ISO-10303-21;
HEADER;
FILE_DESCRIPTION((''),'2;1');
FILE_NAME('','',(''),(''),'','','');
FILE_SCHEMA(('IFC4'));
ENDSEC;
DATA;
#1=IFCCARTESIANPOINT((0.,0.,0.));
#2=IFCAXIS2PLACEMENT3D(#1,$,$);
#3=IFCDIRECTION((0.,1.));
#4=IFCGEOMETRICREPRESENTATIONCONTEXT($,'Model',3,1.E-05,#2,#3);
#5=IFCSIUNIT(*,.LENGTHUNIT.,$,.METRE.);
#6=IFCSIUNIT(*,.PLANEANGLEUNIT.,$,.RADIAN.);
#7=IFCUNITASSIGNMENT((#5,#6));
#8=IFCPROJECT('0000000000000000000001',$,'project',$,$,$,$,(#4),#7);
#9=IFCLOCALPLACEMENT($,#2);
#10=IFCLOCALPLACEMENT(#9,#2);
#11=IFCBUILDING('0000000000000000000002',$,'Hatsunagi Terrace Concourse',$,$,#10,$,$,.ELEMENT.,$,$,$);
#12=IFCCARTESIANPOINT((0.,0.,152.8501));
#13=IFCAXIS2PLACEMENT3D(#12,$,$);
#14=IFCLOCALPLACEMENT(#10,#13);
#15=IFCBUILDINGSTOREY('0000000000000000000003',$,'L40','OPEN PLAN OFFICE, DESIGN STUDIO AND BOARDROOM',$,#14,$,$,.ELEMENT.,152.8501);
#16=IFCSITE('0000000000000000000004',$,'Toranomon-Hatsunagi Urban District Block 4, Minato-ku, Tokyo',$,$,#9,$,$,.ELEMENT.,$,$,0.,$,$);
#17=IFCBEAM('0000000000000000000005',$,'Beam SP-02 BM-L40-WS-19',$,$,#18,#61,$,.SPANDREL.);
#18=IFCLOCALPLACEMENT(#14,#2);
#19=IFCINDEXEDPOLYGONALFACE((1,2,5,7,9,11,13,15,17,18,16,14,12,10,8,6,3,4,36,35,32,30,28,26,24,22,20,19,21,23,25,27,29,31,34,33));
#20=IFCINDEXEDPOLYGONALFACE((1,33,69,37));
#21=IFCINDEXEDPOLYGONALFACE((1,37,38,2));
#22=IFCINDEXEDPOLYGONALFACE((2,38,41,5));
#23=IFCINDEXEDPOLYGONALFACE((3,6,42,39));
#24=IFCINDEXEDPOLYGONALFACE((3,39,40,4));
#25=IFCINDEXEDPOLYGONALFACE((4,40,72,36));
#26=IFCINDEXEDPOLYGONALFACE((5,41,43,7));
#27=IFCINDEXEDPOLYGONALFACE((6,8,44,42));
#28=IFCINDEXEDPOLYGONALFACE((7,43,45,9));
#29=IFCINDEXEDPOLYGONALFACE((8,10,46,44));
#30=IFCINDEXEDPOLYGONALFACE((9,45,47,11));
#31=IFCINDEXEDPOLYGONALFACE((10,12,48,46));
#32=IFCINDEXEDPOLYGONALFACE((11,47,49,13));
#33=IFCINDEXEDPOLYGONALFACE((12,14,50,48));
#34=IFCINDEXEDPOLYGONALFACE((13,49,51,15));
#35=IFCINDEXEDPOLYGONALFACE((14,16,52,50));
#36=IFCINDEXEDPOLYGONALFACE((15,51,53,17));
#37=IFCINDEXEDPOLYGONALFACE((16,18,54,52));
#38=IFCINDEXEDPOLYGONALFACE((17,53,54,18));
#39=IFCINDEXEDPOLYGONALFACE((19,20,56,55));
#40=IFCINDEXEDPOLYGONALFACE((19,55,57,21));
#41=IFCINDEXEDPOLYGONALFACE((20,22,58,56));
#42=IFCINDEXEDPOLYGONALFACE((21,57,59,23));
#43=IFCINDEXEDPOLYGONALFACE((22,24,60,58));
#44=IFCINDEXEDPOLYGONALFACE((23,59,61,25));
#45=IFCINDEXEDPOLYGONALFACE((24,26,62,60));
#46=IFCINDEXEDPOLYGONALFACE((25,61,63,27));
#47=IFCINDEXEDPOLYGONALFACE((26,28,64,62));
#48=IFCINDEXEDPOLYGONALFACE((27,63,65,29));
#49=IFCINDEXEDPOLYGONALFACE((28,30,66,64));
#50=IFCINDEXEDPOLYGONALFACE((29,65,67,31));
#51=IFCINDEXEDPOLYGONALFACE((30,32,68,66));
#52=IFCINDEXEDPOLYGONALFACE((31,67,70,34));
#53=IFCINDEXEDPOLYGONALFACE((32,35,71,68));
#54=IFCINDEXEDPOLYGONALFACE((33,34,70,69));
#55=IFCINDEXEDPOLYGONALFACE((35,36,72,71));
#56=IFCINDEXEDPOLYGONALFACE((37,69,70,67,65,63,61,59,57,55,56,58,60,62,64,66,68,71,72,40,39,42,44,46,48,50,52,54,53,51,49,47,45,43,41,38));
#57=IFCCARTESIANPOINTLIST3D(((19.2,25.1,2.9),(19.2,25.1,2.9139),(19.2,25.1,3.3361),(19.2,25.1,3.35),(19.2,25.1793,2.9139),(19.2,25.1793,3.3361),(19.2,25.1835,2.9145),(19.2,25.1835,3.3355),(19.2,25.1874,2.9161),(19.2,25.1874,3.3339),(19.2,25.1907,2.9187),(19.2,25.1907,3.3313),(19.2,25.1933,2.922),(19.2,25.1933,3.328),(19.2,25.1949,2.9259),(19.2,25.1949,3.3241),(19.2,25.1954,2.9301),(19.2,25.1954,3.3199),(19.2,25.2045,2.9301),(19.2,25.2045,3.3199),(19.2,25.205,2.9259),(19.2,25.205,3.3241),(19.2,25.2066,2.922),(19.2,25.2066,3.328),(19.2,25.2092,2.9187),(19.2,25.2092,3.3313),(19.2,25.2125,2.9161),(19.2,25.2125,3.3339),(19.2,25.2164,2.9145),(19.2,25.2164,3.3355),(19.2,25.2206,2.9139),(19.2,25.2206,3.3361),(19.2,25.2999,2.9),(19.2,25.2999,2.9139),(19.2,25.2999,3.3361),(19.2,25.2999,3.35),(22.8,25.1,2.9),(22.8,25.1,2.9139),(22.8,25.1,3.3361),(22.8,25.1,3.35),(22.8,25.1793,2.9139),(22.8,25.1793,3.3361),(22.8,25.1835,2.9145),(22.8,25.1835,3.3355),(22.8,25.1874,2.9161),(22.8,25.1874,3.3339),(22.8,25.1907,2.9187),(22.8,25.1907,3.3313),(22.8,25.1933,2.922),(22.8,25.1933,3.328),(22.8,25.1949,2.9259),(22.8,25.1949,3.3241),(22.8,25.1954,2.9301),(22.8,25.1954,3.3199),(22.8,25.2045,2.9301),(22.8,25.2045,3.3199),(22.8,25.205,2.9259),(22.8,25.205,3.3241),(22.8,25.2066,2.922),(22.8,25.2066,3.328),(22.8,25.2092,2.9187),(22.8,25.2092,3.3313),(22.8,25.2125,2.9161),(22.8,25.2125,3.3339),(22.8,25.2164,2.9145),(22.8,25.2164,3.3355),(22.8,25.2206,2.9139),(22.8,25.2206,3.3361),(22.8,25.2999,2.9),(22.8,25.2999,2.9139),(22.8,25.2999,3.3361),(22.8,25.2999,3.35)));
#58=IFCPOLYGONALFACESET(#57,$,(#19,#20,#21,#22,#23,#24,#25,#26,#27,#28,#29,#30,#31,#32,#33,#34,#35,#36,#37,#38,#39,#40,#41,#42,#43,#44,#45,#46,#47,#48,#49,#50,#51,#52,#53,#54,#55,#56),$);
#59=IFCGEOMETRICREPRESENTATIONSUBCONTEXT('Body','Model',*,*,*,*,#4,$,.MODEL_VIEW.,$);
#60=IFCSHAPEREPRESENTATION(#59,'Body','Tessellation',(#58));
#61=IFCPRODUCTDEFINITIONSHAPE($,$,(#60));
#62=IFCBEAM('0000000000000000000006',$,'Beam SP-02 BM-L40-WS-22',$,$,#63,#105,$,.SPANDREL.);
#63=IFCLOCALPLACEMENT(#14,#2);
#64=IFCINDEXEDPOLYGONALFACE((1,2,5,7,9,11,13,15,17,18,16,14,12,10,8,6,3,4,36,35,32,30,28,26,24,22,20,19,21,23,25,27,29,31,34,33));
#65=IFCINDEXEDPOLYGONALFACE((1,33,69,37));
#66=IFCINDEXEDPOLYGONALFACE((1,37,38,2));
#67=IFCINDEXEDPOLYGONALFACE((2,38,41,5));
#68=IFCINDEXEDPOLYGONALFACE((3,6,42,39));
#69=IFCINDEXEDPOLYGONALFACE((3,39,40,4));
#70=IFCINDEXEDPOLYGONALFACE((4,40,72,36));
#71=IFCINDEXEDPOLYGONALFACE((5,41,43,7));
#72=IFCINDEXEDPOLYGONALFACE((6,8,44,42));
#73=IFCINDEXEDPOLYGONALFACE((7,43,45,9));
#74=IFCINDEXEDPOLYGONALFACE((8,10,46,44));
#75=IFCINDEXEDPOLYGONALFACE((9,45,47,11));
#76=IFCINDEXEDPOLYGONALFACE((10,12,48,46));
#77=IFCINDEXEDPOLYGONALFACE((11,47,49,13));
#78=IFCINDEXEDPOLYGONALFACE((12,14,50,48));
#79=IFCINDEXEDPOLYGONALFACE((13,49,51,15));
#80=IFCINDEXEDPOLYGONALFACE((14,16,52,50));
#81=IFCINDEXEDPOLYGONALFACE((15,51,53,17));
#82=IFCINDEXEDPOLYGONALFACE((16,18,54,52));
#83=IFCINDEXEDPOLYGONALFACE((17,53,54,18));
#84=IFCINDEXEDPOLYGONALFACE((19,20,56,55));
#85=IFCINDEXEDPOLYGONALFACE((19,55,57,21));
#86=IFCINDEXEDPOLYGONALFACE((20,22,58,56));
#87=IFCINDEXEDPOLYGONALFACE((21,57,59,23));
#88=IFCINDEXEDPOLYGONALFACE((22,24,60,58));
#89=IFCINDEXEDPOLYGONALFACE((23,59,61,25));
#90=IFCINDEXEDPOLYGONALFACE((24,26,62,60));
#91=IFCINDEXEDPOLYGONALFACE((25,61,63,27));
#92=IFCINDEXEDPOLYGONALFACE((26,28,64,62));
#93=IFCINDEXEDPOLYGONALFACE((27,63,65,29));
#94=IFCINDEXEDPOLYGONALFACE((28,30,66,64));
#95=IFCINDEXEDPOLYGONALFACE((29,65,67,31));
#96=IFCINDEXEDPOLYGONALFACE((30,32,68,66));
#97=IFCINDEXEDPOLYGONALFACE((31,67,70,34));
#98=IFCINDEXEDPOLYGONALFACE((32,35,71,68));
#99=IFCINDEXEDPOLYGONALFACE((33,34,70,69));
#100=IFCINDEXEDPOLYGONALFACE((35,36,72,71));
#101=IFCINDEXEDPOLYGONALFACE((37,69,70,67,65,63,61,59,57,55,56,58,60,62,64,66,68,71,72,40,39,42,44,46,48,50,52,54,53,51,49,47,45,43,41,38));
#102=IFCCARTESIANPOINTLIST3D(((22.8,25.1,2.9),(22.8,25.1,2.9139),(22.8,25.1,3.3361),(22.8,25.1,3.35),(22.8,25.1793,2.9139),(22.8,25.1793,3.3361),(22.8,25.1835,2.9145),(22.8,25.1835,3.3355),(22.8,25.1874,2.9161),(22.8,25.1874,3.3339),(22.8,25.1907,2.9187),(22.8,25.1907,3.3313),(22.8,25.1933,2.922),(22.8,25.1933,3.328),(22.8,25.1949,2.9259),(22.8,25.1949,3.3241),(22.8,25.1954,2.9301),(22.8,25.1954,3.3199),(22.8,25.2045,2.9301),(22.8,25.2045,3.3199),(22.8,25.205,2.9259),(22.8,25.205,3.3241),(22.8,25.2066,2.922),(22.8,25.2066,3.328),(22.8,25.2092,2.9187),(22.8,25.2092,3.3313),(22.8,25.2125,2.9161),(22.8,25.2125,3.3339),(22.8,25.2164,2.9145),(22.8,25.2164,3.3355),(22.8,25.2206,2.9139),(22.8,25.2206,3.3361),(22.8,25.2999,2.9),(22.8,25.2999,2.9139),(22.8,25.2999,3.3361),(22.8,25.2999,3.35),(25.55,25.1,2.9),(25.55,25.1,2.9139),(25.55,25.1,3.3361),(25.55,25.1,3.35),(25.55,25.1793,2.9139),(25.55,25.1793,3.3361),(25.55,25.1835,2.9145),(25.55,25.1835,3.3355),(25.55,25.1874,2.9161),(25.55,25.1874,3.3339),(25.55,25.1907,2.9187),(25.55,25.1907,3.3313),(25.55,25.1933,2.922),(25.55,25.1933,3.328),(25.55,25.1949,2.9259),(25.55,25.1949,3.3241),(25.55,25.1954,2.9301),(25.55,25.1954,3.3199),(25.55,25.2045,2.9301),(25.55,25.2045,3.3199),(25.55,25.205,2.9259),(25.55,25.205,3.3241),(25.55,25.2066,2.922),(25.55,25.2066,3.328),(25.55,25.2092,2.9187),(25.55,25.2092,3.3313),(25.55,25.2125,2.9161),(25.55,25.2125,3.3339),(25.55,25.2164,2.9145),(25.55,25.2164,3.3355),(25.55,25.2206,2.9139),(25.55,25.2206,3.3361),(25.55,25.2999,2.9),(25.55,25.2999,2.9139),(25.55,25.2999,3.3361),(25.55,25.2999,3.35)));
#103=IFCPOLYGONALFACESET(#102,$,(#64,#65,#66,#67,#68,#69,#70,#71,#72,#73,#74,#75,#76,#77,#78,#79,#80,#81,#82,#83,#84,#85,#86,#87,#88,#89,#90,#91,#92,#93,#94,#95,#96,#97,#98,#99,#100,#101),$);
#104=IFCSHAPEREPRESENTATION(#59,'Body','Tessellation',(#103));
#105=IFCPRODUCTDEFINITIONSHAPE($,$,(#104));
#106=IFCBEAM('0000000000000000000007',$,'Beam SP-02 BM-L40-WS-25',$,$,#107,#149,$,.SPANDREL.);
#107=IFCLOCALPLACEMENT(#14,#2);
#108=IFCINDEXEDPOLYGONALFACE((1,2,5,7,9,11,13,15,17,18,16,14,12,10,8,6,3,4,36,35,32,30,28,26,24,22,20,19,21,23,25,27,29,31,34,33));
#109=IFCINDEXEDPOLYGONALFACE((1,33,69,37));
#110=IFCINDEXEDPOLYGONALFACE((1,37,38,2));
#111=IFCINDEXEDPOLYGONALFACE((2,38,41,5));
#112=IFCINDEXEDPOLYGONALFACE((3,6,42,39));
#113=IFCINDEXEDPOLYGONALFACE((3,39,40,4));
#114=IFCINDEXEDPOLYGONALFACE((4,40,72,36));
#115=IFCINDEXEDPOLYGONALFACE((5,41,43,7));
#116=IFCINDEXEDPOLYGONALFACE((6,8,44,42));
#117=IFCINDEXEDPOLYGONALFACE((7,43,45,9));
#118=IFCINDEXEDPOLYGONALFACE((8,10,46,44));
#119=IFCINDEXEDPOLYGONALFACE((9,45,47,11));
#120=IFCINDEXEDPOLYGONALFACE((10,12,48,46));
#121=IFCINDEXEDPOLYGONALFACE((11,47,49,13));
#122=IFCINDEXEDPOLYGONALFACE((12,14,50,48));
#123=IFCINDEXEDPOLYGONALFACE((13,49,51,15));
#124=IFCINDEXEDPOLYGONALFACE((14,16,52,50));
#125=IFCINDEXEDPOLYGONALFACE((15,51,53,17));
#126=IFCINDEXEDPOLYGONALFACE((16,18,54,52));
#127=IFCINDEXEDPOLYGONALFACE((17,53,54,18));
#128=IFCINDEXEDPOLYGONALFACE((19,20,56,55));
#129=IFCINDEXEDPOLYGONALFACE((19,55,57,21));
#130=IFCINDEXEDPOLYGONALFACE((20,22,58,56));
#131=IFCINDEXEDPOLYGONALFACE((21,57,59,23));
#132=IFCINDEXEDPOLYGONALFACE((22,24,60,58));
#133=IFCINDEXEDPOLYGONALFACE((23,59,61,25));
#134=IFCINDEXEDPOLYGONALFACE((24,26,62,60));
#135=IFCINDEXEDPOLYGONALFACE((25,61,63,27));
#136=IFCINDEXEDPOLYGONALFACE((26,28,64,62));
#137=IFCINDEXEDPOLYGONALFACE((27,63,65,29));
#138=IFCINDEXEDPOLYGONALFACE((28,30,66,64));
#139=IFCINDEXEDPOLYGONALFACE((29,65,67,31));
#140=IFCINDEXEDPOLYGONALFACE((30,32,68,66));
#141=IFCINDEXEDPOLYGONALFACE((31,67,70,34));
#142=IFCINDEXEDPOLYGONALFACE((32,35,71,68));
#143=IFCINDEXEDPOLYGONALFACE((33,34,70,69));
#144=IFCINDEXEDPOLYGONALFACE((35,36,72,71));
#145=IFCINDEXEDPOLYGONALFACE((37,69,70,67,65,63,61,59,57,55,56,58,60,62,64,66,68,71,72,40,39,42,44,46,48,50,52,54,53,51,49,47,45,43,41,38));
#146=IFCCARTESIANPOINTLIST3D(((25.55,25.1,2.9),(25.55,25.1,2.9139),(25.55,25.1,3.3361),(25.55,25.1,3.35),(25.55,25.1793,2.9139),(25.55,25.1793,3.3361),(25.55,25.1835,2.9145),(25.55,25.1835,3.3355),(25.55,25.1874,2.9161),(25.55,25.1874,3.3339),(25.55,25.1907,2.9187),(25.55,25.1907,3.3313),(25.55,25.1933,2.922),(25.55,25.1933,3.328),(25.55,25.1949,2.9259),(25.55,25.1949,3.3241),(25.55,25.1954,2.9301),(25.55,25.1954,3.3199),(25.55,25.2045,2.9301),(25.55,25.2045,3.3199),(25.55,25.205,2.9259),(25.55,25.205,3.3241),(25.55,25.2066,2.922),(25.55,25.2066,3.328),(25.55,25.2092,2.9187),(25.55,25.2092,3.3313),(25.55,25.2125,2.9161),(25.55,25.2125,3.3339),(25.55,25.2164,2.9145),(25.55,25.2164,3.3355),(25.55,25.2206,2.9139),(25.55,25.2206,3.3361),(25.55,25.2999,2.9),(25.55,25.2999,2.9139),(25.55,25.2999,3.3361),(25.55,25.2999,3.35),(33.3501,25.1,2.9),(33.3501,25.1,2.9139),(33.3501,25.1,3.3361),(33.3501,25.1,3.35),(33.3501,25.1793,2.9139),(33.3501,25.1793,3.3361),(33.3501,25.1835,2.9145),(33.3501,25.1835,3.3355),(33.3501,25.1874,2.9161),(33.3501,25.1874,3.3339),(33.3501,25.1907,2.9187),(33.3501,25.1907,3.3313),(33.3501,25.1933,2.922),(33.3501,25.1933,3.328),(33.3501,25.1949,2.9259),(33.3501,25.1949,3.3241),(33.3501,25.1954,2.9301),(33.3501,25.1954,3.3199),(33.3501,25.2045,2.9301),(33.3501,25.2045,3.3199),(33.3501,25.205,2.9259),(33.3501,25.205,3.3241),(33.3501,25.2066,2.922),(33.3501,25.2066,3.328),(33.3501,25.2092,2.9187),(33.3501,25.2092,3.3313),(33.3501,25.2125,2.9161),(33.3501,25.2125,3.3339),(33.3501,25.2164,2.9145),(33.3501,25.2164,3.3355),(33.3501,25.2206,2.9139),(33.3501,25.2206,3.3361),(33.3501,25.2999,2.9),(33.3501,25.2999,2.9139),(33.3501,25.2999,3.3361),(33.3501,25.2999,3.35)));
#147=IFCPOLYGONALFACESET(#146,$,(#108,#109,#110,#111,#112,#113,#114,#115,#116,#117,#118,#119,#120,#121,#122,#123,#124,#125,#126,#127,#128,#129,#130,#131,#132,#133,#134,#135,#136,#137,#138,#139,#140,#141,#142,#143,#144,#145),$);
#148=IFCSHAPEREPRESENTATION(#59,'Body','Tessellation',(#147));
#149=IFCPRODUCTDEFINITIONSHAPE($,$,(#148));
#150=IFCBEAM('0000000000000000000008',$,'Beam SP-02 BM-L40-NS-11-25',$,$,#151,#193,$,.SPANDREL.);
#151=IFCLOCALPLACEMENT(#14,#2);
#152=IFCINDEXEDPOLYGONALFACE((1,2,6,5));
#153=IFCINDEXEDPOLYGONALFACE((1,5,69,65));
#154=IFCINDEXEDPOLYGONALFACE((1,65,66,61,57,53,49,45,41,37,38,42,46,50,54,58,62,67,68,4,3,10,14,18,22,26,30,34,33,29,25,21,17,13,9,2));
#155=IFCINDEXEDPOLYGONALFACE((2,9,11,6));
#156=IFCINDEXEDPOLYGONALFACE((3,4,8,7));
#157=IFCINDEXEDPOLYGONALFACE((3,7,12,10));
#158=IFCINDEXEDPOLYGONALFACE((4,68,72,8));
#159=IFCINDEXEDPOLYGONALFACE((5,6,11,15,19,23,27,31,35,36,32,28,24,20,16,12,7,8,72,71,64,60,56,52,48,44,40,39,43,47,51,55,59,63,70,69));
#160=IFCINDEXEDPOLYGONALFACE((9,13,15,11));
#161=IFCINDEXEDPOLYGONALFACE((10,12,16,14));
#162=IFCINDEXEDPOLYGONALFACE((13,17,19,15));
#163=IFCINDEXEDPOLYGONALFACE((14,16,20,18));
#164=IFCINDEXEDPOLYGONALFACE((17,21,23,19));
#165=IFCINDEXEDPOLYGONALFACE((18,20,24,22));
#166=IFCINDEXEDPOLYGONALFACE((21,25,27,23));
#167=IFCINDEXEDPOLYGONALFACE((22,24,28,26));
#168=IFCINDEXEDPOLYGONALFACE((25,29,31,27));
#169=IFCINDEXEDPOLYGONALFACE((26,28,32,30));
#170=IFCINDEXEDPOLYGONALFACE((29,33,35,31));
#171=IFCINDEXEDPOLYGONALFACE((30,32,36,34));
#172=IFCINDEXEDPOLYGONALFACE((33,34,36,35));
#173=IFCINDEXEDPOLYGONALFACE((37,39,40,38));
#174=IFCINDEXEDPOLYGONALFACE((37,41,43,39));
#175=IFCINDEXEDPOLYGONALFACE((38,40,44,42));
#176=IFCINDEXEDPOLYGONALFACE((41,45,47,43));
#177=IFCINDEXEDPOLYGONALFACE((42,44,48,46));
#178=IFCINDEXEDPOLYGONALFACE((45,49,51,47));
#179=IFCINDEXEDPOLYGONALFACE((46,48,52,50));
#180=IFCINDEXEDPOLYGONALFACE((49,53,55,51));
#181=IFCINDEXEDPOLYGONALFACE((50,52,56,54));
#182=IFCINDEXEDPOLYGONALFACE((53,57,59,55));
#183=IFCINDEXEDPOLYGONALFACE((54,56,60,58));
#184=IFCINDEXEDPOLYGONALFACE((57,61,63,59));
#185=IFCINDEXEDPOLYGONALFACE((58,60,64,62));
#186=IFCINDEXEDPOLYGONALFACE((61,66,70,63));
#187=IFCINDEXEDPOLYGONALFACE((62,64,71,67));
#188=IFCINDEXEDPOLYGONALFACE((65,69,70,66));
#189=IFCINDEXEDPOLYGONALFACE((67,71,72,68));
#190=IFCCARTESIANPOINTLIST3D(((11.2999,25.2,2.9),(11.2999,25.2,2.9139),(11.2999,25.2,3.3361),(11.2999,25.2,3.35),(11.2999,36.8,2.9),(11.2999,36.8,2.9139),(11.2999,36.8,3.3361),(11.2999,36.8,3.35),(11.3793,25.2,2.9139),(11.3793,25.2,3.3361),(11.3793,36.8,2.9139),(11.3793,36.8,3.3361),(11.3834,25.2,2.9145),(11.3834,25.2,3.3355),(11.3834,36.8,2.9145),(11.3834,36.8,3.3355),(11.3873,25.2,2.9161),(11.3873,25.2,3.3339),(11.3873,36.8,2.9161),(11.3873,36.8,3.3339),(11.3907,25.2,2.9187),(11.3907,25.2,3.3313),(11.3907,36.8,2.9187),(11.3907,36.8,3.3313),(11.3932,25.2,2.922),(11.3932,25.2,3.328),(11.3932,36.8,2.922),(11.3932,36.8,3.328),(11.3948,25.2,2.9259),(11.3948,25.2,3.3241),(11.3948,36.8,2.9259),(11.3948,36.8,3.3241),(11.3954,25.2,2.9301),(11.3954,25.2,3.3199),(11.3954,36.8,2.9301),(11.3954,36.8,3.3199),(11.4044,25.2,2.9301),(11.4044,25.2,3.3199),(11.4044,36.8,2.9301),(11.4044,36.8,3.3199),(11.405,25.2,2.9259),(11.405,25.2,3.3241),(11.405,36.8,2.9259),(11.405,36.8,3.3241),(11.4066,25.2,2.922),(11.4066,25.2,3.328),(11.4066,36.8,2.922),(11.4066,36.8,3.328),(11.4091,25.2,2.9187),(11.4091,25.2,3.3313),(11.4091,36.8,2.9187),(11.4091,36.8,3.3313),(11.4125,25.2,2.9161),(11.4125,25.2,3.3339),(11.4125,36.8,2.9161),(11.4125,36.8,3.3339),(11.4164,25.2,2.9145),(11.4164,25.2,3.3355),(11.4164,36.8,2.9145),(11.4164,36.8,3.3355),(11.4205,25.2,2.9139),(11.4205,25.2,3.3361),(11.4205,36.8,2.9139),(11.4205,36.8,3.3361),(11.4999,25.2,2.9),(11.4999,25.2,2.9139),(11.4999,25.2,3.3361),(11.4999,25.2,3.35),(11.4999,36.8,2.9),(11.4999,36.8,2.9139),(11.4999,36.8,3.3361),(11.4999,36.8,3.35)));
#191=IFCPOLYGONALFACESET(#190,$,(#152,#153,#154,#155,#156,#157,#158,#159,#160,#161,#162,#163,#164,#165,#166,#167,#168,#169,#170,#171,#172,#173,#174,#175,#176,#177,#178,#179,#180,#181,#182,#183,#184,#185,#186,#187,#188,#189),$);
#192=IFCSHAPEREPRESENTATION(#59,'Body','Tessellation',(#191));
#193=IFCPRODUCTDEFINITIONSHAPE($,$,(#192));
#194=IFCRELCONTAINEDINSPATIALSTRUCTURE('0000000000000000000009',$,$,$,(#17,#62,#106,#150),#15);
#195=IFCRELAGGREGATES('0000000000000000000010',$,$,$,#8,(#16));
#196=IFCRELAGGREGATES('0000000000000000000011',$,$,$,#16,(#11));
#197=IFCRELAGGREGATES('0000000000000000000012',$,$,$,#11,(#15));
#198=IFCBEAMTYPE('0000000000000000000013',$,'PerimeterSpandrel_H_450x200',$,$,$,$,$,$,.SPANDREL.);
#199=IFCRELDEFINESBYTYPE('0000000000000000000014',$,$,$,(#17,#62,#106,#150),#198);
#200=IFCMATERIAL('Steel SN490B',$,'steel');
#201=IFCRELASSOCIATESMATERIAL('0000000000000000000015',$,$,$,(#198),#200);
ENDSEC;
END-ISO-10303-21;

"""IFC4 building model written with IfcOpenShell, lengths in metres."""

from ifc_helpers import new_model, si_unit, direction, frame, origin, origin_2d, place, context, subcontext, project, spatial, i_section, extrude, material, material_profile, profile_set, type_object, element, save


model = new_model("IFC4")

# Units and contexts
model_context = context("Model", 3, precision=1e-05, world=origin(), true_north=direction((0.0, 1.0)))
body_context = subcontext(model_context, "Body", "Model", "MODEL_VIEW")
ifc_project = project(units=[si_unit("LENGTHUNIT", "METRE"), si_unit("PLANEANGLEUNIT", "RADIAN")], contexts=[model_context])

# Site, building, storey
site_placement = place(None, origin())
site = spatial("IfcSite", under=ifc_project, at=site_placement, Name="Toranomon-Hatsunagi Urban District Block 4, Minato-ku, Tokyo", CompositionType="ELEMENT", RefElevation=0.0)
building_placement = place(site_placement, origin())
building = spatial("IfcBuilding", under=site, at=building_placement, Name="Hatsunagi Terrace Concourse", CompositionType="ELEMENT")
storey_placement = place(building_placement, frame((0.0, 0.0, 152.8501)))
storey = spatial("IfcBuildingStorey", under=building, at=storey_placement, Name="L40", Description="OPEN PLAN OFFICE, DESIGN STUDIO AND BOARDROOM", CompositionType="ELEMENT", Elevation=152.8501)

# Beams
ifc_material_1 = material(Name="Steel SN490B", Category="steel")
ifc_material_profile_1 = material_profile(ifc_material_1, i_section(OverallWidth=0.2, OverallDepth=0.45, WebThickness=0.009, FlangeThickness=0.0139, FilletRadius=0.0161, at=origin_2d()), Name="H-450x200x9x14")
ifc_profile_set_1 = profile_set([ifc_material_profile_1], Name="Steel SN490B")
beam_type_1 = type_object("IfcBeamType", Name="PerimeterSpandrel_H_450x200", PredefinedType="SPANDREL", material=ifc_profile_set_1)
beam_1_placement = place(storey_placement, frame((19.2, 25.2, 3.125), z_axis=(1.0, 0.0, 0.0), x_axis=(0.0, 1.0, 0.0)))
element("IfcBeam", 1, at=beam_1_placement, inside=storey, type_object=beam_type_1, Name="Beam SP-02 BM-L40-WS-19", PredefinedType="SPANDREL", context=body_context, shape_type="SweptSolid", body=[
    extrude(i_section(OverallWidth=0.2, OverallDepth=0.45, WebThickness=0.009, FlangeThickness=0.0139, FilletRadius=0.0161, at=origin_2d()), origin(), (0.0, 0.0, 1.0), 3.6001),
])
beam_2_placement = place(storey_placement, frame((22.8, 25.2, 3.125), z_axis=(1.0, 0.0, 0.0), x_axis=(0.0, 1.0, 0.0)))
element("IfcBeam", 2, at=beam_2_placement, inside=storey, type_object=beam_type_1, Name="Beam SP-02 BM-L40-WS-22", PredefinedType="SPANDREL", context=body_context, shape_type="SweptSolid", body=[
    extrude(i_section(OverallWidth=0.2, OverallDepth=0.45, WebThickness=0.009, FlangeThickness=0.0139, FilletRadius=0.0161, at=origin_2d()), origin(), (0.0, 0.0, 1.0), 2.75),
])
beam_3_placement = place(storey_placement, frame((25.55, 25.2, 3.125), z_axis=(1.0, 0.0, 0.0), x_axis=(0.0, 1.0, 0.0)))
element("IfcBeam", 3, at=beam_3_placement, inside=storey, type_object=beam_type_1, Name="Beam SP-02 BM-L40-WS-25", PredefinedType="SPANDREL", context=body_context, shape_type="SweptSolid", body=[
    extrude(i_section(OverallWidth=0.2, OverallDepth=0.45, WebThickness=0.009, FlangeThickness=0.0139, FilletRadius=0.0161, at=origin_2d()), origin(), (0.0, 0.0, 1.0), 7.8),
])
beam_4_placement = place(storey_placement, frame((11.3999, 25.2, 3.125), z_axis=(0.0, 1.0, 0.0), x_axis=(-1.0, 0.0, 0.0)))
element("IfcBeam", 4, at=beam_4_placement, inside=storey, type_object=beam_type_1, Name="Beam SP-02 BM-L40-NS-11-25", PredefinedType="SPANDREL", context=body_context, shape_type="SweptSolid", body=[
    extrude(i_section(OverallWidth=0.2, OverallDepth=0.45, WebThickness=0.009, FlangeThickness=0.0139, FilletRadius=0.0161, at=origin_2d()), origin(), (0.0, 0.0, 1.0), 11.6001),
])

save(model, "model.ifc")
